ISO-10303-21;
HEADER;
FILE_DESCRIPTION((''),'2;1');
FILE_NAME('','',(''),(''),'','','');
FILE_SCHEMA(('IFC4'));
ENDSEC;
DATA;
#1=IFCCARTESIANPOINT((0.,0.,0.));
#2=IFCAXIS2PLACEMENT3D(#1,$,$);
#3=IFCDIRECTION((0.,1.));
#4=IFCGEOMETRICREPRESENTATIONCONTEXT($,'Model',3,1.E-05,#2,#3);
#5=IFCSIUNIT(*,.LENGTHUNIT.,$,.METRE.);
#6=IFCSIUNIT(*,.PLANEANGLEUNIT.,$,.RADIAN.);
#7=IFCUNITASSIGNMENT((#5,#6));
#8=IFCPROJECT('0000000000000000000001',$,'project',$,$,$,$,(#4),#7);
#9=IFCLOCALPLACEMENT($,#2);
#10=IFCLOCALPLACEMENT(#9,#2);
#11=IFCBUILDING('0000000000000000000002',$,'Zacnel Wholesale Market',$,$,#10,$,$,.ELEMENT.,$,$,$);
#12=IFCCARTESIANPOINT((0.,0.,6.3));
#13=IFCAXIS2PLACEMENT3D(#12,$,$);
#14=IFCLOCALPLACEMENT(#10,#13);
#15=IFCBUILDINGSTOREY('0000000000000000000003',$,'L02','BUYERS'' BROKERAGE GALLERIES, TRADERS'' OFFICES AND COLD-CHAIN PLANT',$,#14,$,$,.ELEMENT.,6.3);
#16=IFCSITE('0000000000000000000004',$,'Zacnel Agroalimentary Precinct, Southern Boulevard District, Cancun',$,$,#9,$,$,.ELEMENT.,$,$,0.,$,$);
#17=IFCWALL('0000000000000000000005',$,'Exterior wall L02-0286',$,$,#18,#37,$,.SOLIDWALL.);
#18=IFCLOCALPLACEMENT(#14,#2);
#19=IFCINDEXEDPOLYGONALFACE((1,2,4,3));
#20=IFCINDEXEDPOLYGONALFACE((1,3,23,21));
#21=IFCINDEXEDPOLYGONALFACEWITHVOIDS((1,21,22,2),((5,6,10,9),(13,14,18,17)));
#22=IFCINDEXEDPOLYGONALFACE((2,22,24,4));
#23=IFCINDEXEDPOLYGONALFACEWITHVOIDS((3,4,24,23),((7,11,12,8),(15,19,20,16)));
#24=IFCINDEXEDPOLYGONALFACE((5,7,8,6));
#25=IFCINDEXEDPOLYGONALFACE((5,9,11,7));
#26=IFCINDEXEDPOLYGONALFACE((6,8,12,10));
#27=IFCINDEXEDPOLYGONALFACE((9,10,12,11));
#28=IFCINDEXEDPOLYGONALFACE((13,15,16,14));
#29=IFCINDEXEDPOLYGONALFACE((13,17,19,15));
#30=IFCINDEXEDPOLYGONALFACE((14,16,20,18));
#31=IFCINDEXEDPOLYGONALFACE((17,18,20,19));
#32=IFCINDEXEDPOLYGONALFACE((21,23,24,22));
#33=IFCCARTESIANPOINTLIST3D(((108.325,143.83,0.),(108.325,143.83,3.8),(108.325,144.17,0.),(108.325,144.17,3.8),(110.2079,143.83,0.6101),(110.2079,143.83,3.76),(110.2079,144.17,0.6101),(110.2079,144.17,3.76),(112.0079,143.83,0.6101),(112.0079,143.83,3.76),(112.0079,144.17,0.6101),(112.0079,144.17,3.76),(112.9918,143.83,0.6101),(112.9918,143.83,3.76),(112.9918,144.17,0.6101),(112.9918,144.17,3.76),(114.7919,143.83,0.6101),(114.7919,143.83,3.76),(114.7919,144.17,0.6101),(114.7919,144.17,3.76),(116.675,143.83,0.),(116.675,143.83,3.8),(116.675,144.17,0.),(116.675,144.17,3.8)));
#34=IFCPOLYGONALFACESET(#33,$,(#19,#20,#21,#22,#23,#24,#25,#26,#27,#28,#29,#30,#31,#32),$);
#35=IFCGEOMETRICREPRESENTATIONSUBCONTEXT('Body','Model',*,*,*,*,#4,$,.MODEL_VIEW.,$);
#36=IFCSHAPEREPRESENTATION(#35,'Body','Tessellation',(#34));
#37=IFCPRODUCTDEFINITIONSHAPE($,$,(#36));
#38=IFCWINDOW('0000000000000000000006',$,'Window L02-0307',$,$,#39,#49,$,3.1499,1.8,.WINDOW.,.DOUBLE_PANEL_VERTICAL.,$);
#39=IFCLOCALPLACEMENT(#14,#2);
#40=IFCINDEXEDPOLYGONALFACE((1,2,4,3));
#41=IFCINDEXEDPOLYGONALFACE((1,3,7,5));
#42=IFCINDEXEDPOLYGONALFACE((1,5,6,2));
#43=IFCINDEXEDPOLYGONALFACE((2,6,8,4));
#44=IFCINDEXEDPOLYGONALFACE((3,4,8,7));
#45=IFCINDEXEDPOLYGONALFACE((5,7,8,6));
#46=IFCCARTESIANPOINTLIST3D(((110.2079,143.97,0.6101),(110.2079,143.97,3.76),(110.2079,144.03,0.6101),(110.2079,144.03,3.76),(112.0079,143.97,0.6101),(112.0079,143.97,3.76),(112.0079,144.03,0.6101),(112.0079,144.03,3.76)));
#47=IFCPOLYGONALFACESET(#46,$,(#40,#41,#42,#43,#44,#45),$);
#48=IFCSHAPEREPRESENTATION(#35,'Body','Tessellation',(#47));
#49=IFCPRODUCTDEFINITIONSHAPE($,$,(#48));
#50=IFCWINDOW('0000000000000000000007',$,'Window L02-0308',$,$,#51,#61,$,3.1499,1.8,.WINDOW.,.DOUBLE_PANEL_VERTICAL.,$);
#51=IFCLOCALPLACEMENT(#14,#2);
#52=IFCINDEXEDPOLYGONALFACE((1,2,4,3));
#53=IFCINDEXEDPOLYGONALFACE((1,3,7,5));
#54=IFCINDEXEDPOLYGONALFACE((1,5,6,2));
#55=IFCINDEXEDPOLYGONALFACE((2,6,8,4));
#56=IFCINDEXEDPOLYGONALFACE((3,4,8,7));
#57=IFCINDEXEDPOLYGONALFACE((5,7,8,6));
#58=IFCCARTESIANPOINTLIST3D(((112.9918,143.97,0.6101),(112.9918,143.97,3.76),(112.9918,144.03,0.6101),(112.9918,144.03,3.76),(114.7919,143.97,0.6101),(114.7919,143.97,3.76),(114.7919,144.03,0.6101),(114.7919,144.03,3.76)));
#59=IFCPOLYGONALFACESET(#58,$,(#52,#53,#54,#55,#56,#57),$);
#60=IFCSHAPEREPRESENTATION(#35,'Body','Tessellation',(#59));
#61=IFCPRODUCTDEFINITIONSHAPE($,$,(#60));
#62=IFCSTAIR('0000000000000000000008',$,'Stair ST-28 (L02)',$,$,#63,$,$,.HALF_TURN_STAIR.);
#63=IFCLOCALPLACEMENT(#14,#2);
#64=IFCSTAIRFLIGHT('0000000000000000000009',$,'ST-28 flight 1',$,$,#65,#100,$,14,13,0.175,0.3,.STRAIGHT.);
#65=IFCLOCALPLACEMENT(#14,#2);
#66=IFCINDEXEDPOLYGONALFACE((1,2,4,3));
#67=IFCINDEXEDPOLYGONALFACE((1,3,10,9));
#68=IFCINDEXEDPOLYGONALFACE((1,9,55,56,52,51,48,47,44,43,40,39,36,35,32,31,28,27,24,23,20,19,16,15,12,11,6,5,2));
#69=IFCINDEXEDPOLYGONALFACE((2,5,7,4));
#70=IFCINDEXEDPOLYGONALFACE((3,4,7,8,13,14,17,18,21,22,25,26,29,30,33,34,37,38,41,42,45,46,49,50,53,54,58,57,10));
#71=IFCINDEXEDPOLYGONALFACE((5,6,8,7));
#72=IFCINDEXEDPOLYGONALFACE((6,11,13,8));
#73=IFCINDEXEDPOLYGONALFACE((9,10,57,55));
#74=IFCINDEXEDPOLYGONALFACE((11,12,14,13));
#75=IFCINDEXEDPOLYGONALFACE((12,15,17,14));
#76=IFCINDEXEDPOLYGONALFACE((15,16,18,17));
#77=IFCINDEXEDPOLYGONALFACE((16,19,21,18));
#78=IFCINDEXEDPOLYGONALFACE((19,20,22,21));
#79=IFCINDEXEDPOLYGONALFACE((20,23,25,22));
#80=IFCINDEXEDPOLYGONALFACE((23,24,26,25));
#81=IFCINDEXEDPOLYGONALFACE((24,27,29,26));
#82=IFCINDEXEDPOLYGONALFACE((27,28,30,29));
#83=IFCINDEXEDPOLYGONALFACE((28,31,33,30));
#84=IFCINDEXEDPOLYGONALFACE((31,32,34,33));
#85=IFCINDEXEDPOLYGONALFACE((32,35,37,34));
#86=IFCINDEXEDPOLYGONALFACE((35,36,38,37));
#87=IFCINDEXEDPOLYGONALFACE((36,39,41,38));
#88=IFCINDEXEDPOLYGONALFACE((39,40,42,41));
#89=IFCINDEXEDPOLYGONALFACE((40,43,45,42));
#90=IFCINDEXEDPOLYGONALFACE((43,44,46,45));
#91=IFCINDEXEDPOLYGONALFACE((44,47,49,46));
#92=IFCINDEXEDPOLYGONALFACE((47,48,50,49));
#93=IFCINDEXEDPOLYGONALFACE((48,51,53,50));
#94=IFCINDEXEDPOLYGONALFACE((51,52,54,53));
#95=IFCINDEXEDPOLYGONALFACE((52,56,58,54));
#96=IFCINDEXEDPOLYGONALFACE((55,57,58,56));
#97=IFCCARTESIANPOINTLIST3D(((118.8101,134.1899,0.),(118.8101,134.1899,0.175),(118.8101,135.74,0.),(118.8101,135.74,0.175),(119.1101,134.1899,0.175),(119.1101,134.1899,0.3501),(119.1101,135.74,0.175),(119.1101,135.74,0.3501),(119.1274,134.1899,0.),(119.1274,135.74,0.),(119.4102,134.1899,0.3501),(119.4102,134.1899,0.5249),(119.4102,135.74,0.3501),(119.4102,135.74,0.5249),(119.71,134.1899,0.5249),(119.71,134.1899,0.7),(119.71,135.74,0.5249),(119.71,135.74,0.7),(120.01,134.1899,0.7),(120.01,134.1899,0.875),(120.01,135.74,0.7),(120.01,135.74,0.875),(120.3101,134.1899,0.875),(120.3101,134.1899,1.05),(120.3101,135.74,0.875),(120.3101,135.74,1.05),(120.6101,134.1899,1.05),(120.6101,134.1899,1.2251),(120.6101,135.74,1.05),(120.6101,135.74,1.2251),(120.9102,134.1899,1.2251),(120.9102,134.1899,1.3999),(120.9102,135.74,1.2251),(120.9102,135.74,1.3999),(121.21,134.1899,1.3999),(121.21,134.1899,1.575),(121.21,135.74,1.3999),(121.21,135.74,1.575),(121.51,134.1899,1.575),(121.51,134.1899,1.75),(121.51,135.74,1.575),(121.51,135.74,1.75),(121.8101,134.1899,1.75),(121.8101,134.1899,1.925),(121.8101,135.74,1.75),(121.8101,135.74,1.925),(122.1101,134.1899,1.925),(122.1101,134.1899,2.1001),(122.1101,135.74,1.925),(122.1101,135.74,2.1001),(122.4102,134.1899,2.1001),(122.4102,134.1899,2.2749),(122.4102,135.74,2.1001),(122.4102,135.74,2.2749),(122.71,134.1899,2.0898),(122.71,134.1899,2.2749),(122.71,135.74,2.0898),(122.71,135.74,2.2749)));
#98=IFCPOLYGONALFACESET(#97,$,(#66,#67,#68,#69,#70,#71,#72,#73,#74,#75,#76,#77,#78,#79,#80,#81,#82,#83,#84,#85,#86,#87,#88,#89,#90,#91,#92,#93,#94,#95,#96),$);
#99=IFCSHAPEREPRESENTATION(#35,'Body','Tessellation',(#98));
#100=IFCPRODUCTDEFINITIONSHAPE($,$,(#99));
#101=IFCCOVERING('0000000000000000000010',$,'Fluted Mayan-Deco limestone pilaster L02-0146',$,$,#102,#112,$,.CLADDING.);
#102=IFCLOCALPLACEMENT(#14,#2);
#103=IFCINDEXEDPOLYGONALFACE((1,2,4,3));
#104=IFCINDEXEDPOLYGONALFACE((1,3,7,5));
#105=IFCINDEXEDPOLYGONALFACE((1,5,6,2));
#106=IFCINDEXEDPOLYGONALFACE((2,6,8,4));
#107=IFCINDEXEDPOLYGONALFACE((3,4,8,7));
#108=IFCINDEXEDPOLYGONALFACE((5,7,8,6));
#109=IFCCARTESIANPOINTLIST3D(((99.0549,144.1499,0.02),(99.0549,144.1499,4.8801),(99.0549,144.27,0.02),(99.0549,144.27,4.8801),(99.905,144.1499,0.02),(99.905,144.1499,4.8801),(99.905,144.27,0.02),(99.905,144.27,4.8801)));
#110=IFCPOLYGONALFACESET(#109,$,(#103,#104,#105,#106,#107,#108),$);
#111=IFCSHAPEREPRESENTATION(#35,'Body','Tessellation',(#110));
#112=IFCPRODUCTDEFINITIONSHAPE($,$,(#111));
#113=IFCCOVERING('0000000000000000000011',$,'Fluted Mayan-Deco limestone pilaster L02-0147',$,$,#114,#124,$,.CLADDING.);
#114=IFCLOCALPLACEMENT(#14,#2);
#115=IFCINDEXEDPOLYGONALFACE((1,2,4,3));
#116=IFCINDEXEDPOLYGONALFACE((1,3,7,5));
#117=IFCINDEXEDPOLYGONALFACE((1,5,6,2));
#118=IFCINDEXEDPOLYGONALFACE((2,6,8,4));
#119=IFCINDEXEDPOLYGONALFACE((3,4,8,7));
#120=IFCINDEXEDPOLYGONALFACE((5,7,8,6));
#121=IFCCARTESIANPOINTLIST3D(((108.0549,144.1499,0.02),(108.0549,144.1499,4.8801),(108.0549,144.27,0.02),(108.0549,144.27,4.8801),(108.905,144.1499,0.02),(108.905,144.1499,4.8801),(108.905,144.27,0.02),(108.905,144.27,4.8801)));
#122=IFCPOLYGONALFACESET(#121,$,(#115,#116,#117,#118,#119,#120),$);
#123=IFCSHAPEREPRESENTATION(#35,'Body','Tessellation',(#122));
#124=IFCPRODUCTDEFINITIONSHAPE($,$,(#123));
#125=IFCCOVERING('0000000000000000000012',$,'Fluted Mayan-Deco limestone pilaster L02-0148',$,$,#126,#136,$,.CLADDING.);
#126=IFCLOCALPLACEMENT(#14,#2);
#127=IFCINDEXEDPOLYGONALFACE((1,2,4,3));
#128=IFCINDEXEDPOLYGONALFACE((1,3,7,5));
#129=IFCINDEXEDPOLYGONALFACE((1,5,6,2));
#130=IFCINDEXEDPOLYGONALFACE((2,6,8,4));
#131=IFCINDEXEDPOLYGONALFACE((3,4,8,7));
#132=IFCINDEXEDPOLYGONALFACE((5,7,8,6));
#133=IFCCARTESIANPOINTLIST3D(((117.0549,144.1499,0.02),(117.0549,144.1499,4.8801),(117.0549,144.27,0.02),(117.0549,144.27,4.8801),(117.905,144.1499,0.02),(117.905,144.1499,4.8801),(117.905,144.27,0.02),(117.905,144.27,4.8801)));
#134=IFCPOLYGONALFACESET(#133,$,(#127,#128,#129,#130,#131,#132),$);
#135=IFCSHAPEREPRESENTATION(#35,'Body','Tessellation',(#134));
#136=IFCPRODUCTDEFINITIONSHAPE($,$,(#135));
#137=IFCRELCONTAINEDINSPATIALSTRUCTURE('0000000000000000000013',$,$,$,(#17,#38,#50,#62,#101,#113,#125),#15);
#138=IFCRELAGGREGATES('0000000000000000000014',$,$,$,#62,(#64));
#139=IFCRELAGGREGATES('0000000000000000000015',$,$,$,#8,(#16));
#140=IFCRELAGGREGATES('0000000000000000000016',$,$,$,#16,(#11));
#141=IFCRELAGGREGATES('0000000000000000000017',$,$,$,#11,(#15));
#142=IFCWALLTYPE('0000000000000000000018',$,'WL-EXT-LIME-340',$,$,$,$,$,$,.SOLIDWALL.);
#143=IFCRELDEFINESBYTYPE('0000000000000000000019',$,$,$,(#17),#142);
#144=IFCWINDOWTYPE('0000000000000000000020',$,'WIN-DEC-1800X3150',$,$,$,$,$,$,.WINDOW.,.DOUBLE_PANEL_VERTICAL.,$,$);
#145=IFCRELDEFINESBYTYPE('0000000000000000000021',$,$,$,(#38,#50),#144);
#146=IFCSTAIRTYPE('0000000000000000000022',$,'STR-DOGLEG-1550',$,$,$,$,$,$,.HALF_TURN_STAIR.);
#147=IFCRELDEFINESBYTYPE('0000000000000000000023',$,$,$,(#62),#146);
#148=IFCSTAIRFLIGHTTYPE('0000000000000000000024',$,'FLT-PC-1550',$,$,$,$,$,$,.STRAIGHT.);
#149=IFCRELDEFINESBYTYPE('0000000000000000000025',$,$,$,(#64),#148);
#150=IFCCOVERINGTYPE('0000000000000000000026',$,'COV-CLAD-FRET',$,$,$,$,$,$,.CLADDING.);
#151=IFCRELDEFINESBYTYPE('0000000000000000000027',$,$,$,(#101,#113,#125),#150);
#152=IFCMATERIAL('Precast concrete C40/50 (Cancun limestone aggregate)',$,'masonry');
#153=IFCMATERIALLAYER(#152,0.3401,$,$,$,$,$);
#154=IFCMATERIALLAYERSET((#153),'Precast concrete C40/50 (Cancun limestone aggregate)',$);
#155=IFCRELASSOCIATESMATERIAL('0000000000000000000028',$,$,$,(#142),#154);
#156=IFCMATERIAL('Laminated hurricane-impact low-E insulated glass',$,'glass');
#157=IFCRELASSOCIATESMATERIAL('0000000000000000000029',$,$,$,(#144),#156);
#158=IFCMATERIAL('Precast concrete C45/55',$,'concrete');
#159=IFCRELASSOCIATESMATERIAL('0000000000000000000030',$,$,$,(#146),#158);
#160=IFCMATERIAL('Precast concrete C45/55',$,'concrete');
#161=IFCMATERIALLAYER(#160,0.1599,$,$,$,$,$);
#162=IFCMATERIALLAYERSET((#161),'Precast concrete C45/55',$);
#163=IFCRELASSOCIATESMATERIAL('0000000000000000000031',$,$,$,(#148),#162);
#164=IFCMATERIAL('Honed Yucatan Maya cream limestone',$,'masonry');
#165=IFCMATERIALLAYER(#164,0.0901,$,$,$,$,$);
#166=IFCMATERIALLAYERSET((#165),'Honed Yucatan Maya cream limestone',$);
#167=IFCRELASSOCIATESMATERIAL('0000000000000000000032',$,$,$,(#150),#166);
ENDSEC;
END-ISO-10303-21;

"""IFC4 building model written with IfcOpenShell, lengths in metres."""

from ifc_helpers import new_model, si_unit, direction, frame, frame_2d, origin, origin_2d, place, context, subcontext, project, spatial, polyline, rectangle, outline, extrude, material, layer, layer_set, type_object, element, fill, aggregate, save


model = new_model("IFC4")

# Units and contexts
model_context = context("Model", 3, precision=1e-05, world=origin(), true_north=direction((0.0, 1.0)))
body_context = subcontext(model_context, "Body", "Model", "MODEL_VIEW")
ifc_project = project(units=[si_unit("LENGTHUNIT", "METRE"), si_unit("PLANEANGLEUNIT", "RADIAN")], contexts=[model_context])

# Site, building, storey
site_placement = place(None, origin())
site = spatial("IfcSite", under=ifc_project, at=site_placement, Name="Zacnel Agroalimentary Precinct, Southern Boulevard District, Cancun", CompositionType="ELEMENT", RefElevation=0.0)
building_placement = place(site_placement, origin())
building = spatial("IfcBuilding", under=site, at=building_placement, Name="Zacnel Wholesale Market", CompositionType="ELEMENT")
storey_placement = place(building_placement, frame((0.0, 0.0, 6.3)))
storey = spatial("IfcBuildingStorey", under=building, at=storey_placement, Name="L02", Description="BUYERS' BROKERAGE GALLERIES, TRADERS' OFFICES AND COLD-CHAIN PLANT", CompositionType="ELEMENT", Elevation=6.3)

# Wall, openings, windows
ifc_material_1 = material(Name="Precast concrete C40/50 (Cancun limestone aggregate)", Category="masonry")
ifc_layer_1 = layer(ifc_material_1, 0.3401)
ifc_layer_set_1 = layer_set([ifc_layer_1], Name="Precast concrete C40/50 (Cancun limestone aggregate)")
wall_type_1 = type_object("IfcWallType", Name="WL-EXT-LIME-340", PredefinedType="SOLIDWALL", material=ifc_layer_set_1)
ifc_material_2 = material(Name="Laminated hurricane-impact low-E insulated glass", Category="glass")
window_type = type_object("IfcWindowType", Name="WIN-DEC-1800X3150", PartitioningType="DOUBLE_PANEL_VERTICAL", PredefinedType="WINDOW", material=ifc_material_2)
wall_1_placement = place(storey_placement, frame((108.325, 144.0, 0.0), z_axis=(0.0, 0.0, 1.0), x_axis=(1.0, 0.0, 0.0)))
wall_1 = element("IfcWall", 1, at=wall_1_placement, inside=storey, type_object=wall_type_1, Name="Exterior wall L02-0286", PredefinedType="SOLIDWALL", context=body_context, shape_type="SweptSolid", body=[
    extrude(rectangle(XDim=8.3501, YDim=0.3401, at=frame_2d((4.175, 0.0))), origin(), (0.0, 0.0, 1.0), 3.8),
])
opening_1_placement = place(wall_1_placement, frame((1.8831, 0.0, 0.6101)))
opening_1 = element("IfcOpeningElement", 2, at=opening_1_placement, cuts=wall_1, PredefinedType="OPENING", context=body_context, shape_type="SweptSolid", body=[
    extrude(rectangle(XDim=1.8, YDim=3.1499, at=frame_2d((0.8999, 1.575))), frame((0.0, 0.1799, 0.0), z_axis=(0.0, -1.0, 0.0), x_axis=(1.0, 0.0, 0.0)), (0.0, 0.0, 1.0), 0.3601),
])
opening_2_placement = place(wall_1_placement, frame((4.667, 0.0, 0.6101)))
opening_2 = element("IfcOpeningElement", 3, at=opening_2_placement, cuts=wall_1, PredefinedType="OPENING", context=body_context, shape_type="SweptSolid", body=[
    extrude(rectangle(XDim=1.8, YDim=3.1499, at=frame_2d((0.8999, 1.575))), frame((0.0, 0.1799, 0.0), z_axis=(0.0, -1.0, 0.0), x_axis=(1.0, 0.0, 0.0)), (0.0, 0.0, 1.0), 0.3601),
])
window_1_placement = place(opening_1_placement, origin())
window_1 = element("IfcWindow", 4, at=window_1_placement, inside=storey, type_object=window_type, Name="Window L02-0307", OverallHeight=3.1499, OverallWidth=1.8, PartitioningType="DOUBLE_PANEL_VERTICAL", PredefinedType="WINDOW", context=body_context, shape_type="SweptSolid", body=[
    extrude(rectangle(XDim=1.8, YDim=3.1499, at=frame_2d((0.8999, 1.575))), frame((0.0, 0.03, 0.0), z_axis=(0.0, -1.0, 0.0), x_axis=(1.0, 0.0, 0.0)), (0.0, 0.0, 1.0), 0.0601),
])
fill(opening_1, window_1)
window_2_placement = place(opening_2_placement, origin())
window_2 = element("IfcWindow", 5, at=window_2_placement, inside=storey, type_object=window_type, Name="Window L02-0308", OverallHeight=3.1499, OverallWidth=1.8, PartitioningType="DOUBLE_PANEL_VERTICAL", PredefinedType="WINDOW", context=body_context, shape_type="SweptSolid", body=[
    extrude(rectangle(XDim=1.8, YDim=3.1499, at=frame_2d((0.8999, 1.575))), frame((0.0, 0.03, 0.0), z_axis=(0.0, -1.0, 0.0), x_axis=(1.0, 0.0, 0.0)), (0.0, 0.0, 1.0), 0.0601),
])
fill(opening_2, window_2)

# Stair, stair flight
ifc_material_3 = material(Name="Precast concrete C45/55", Category="concrete")
stair_type = type_object("IfcStairType", Name="STR-DOGLEG-1550", PredefinedType="HALF_TURN_STAIR", material=ifc_material_3)
stair_placement = place(storey_placement, origin())
stair = element("IfcStair", 6, at=stair_placement, inside=storey, type_object=stair_type, Name="Stair ST-28 (L02)", PredefinedType="HALF_TURN_STAIR")
ifc_material_4 = material(Name="Precast concrete C45/55", Category="concrete")
ifc_layer_2 = layer(ifc_material_4, 0.1599)
ifc_layer_set_2 = layer_set([ifc_layer_2], Name="Precast concrete C45/55")
stair_flight_type = type_object("IfcStairFlightType", Name="FLT-PC-1550", PredefinedType="STRAIGHT", material=ifc_layer_set_2)
stair_flight_placement = place(storey_placement, frame((118.8101, 134.9651, 0.0), z_axis=(0.0, 0.0, 1.0), x_axis=(1.0, 0.0, 0.0)))
stair_flight = element("IfcStairFlight", 7, at=stair_flight_placement, type_object=stair_flight_type, Name="ST-28 flight 1", NumberOfRisers=14, NumberOfTreads=13, PredefinedType="STRAIGHT", RiserHeight=0.175, TreadLength=0.3, context=body_context, shape_type="SweptSolid", body=[
    extrude(outline(polyline([(0.0, 0.0), (0.0, 0.175), (0.3, 0.175), (0.3, 0.3501), (0.6001, 0.3501), (0.6001, 0.5249), (0.8999, 0.5249), (0.8999, 0.7), (1.2, 0.7), (1.2, 0.875), (1.5, 0.875), (1.5, 1.05), (1.8, 1.05), (1.8, 1.2251), (2.1001, 1.2251), (2.1001, 1.3999), (2.3999, 1.3999), (2.3999, 1.575), (2.7, 1.575), (2.7, 1.75), (3.0, 1.75), (3.0, 1.925), (3.3, 1.925), (3.3, 2.1001), (3.6001, 2.1001), (3.6001, 2.2749), (3.8999, 2.2749), (3.8999, 2.45), (3.8999, 2.0898), (0.3174, 0.0), (0.0, 0.0)])), frame((0.0, 0.7749, 0.0), z_axis=(0.0, -1.0, 0.0), x_axis=(1.0, 0.0, 0.0)), (0.0, 0.0, 1.0), 1.55),
])
aggregate(stair, [stair_flight])

# Coverings
ifc_material_5 = material(Name="Honed Yucatan Maya cream limestone", Category="masonry")
ifc_layer_3 = layer(ifc_material_5, 0.0901)
ifc_layer_set_3 = layer_set([ifc_layer_3], Name="Honed Yucatan Maya cream limestone")
covering_type = type_object("IfcCoveringType", Name="COV-CLAD-FRET", PredefinedType="CLADDING", material=ifc_layer_set_3)
for number, where, z_axis, x_axis, name in (
    (8, (99.48, 144.21, 0.02), (0.0, 0.0, 1.0), (1.0, 0.0, 0.0), "Fluted Mayan-Deco limestone pilaster L02-0146"),
    (9, (108.48, 144.21, 0.02), (0.0, 0.0, 1.0), (1.0, 0.0, 0.0), "Fluted Mayan-Deco limestone pilaster L02-0147"),
    (10, (117.48, 144.21, 0.02), (0.0, 0.0, 1.0), (1.0, 0.0, 0.0), "Fluted Mayan-Deco limestone pilaster L02-0148"),
):
    element("IfcCovering", number, at=place(storey_placement, frame(where, z_axis=z_axis, x_axis=x_axis)), inside=storey, type_object=covering_type, Name=name, PredefinedType="CLADDING", context=body_context, shape_type="SweptSolid", body=[
        extrude(rectangle(XDim=0.8501, YDim=0.1201, at=origin_2d()), origin(), (0.0, 0.0, 1.0), 4.8601),
    ])

save(model, "model.ifc")
